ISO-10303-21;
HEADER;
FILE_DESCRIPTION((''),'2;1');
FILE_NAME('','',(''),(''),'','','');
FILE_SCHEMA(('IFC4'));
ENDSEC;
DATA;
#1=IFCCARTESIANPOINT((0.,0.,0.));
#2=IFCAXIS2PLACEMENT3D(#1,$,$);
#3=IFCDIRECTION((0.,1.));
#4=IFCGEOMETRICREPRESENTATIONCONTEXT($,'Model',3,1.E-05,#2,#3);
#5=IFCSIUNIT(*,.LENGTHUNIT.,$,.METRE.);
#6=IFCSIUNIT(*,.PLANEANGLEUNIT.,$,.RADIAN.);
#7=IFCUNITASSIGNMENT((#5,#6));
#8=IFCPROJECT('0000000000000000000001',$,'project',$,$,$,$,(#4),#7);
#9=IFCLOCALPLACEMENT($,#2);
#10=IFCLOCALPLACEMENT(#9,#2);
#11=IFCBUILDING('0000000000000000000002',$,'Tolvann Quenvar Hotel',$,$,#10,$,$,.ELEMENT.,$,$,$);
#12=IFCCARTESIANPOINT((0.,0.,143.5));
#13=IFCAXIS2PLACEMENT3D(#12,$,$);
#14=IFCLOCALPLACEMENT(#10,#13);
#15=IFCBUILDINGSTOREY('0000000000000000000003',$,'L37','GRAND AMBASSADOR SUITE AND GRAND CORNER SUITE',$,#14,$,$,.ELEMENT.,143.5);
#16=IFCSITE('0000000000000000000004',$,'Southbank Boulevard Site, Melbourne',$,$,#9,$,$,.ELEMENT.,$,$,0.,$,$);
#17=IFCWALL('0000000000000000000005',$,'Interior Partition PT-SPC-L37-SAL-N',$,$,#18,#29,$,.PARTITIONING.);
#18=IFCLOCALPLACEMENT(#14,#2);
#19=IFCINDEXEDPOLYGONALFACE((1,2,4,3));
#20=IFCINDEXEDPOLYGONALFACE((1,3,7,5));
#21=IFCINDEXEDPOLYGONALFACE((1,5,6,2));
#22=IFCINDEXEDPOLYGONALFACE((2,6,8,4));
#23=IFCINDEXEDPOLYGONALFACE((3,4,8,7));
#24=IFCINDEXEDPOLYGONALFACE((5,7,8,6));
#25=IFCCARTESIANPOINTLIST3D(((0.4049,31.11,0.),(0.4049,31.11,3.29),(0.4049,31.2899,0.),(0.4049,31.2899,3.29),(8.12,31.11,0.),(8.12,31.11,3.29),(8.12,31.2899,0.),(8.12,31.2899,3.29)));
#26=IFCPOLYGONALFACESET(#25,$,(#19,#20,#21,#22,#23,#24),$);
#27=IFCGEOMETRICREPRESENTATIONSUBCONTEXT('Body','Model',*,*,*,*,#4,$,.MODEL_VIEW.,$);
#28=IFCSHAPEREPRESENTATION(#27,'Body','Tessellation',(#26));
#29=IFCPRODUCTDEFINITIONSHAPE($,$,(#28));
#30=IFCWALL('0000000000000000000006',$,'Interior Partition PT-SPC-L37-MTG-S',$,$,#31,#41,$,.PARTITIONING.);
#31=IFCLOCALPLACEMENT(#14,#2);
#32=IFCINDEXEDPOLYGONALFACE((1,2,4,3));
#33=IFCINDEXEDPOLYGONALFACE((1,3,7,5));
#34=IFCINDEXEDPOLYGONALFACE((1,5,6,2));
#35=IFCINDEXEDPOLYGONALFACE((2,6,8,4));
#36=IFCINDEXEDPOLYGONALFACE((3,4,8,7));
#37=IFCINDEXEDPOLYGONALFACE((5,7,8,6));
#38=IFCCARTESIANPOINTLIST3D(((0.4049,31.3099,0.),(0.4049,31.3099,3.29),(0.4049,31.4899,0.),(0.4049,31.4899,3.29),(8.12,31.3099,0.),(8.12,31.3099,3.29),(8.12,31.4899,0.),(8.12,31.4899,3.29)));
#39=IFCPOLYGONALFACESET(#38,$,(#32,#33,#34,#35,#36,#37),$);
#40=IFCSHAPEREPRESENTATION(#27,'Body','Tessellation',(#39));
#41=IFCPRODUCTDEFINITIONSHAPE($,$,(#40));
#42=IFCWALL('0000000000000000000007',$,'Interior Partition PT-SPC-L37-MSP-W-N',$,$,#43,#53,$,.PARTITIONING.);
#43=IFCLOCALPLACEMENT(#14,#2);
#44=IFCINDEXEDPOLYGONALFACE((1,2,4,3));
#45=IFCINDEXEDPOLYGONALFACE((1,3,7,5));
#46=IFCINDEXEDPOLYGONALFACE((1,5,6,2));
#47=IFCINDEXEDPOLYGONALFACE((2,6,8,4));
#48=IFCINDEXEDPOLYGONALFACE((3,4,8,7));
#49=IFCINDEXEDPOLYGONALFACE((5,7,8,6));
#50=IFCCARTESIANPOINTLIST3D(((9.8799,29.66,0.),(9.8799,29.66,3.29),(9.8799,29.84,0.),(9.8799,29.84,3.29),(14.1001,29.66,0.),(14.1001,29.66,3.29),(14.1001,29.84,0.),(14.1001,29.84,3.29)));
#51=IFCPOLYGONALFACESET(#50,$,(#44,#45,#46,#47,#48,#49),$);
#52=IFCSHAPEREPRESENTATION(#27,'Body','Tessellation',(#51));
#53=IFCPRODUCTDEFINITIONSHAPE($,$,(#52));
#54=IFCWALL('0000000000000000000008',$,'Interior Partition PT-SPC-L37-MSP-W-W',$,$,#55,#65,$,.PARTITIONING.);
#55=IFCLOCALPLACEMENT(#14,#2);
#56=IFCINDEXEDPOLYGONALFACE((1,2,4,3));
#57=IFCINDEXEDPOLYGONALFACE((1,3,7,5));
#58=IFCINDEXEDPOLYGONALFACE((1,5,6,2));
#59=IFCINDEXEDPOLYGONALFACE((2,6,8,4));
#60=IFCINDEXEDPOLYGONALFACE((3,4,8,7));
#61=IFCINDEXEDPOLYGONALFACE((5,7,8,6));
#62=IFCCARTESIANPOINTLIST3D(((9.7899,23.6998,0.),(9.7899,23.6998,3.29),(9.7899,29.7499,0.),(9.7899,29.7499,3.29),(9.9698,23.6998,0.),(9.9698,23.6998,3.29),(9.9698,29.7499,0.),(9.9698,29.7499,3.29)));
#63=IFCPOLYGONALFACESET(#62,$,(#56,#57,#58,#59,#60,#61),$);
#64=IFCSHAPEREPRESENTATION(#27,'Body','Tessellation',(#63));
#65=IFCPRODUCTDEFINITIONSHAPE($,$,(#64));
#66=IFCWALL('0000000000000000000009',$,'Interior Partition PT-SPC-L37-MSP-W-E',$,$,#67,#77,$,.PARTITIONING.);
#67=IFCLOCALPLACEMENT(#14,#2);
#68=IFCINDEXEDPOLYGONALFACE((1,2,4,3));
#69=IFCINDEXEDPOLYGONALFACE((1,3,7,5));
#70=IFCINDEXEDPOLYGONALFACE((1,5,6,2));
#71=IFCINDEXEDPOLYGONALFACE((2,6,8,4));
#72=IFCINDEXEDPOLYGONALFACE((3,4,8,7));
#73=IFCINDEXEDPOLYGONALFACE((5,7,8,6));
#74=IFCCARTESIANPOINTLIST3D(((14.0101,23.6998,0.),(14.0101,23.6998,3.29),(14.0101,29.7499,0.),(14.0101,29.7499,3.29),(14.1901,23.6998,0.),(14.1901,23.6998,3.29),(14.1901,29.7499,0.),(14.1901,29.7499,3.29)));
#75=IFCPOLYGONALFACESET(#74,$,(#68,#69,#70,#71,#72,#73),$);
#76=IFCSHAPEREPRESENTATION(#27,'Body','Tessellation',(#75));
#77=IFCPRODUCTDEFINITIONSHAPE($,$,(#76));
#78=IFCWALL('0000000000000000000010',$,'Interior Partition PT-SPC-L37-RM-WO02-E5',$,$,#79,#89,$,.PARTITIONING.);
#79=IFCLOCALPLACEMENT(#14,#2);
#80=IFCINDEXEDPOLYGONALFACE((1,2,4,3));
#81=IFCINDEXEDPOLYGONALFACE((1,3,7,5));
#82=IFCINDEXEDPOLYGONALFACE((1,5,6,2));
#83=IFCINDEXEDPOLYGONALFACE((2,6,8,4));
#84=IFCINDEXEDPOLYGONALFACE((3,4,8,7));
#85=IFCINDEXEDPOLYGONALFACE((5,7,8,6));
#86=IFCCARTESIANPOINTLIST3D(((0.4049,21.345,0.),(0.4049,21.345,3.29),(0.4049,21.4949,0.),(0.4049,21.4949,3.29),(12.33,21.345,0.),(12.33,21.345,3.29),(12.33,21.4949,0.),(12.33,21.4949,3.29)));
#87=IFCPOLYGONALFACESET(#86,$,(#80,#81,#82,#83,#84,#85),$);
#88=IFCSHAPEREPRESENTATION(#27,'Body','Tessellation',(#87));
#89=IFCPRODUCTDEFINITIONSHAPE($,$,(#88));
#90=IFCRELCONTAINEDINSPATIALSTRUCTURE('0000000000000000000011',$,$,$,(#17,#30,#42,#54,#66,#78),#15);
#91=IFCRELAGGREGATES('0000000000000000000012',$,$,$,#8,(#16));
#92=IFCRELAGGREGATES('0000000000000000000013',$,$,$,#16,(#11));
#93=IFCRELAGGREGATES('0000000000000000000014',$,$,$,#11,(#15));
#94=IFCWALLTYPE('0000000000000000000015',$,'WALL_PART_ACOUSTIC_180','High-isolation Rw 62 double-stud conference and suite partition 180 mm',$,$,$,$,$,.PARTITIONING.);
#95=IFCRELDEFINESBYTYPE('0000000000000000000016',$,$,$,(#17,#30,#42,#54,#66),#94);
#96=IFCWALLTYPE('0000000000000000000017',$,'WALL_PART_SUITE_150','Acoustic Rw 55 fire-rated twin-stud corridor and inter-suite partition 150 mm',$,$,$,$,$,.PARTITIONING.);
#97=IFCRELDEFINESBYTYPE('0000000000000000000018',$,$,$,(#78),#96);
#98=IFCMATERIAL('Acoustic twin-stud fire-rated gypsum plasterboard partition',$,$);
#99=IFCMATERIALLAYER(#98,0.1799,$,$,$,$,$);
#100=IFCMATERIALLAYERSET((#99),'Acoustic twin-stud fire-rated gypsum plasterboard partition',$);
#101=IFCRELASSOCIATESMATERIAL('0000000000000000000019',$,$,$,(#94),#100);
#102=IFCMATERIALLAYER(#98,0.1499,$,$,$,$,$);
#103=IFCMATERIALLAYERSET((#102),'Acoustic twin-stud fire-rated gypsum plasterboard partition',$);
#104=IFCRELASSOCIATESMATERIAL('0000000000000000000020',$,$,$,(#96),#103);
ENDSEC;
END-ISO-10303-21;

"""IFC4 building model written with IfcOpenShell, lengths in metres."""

from ifc_helpers import new_model, si_unit, direction, frame, frame_2d, origin, place, context, subcontext, project, spatial, rectangle, extrude, material, layer, layer_set, type_object, element, save


model = new_model("IFC4")

# Units and contexts
model_context = context("Model", 3, precision=1e-05, world=origin(), true_north=direction((0.0, 1.0)))
body_context = subcontext(model_context, "Body", "Model", "MODEL_VIEW")
ifc_project = project(units=[si_unit("LENGTHUNIT", "METRE"), si_unit("PLANEANGLEUNIT", "RADIAN")], contexts=[model_context])

# Site, building, storey
site_placement = place(None, origin())
site = spatial("IfcSite", under=ifc_project, at=site_placement, Name="Southbank Boulevard Site, Melbourne", CompositionType="ELEMENT", RefElevation=0.0)
building_placement = place(site_placement, origin())
building = spatial("IfcBuilding", under=site, at=building_placement, Name="Tolvann Quenvar Hotel", CompositionType="ELEMENT")
storey_placement = place(building_placement, frame((0.0, 0.0, 143.5)))
storey = spatial("IfcBuildingStorey", under=building, at=storey_placement, Name="L37", Description="GRAND AMBASSADOR SUITE AND GRAND CORNER SUITE", CompositionType="ELEMENT", Elevation=143.5)

# Wall
ifc_material_1 = material(Name="Acoustic twin-stud fire-rated gypsum plasterboard partition")
ifc_layer_1 = layer(ifc_material_1, 0.1799)
ifc_layer_set_1 = layer_set([ifc_layer_1], Name="Acoustic twin-stud fire-rated gypsum plasterboard partition")
wall_type_1 = type_object("IfcWallType", Name="WALL_PART_ACOUSTIC_180", Description="High-isolation Rw 62 double-stud conference and suite partition 180 mm", PredefinedType="PARTITIONING", material=ifc_layer_set_1)
for number, where, z_axis, x_axis, name in (
    (1, (0.405, 31.2, 0.0), (0.0, 0.0, 1.0), (1.0, 0.0, 0.0), "Interior Partition PT-SPC-L37-SAL-N"),
):
    element("IfcWall", number, at=place(storey_placement, frame(where, z_axis=z_axis, x_axis=x_axis)), inside=storey, type_object=wall_type_1, Name=name, PredefinedType="PARTITIONING", context=body_context, shape_type="SweptSolid", body=[
        extrude(rectangle(XDim=7.7151, YDim=0.1799, at=frame_2d((3.8574, 0.0))), origin(), (0.0, 0.0, 1.0), 3.29),
    ])

# Wall
wall_1_placement = place(storey_placement, frame((0.405, 31.3999, 0.0), z_axis=(0.0, 0.0, 1.0), x_axis=(1.0, 0.0, 0.0)))
element("IfcWall", 2, at=wall_1_placement, inside=storey, type_object=wall_type_1, Name="Interior Partition PT-SPC-L37-MTG-S", PredefinedType="PARTITIONING", context=body_context, shape_type="SweptSolid", body=[
    extrude(rectangle(XDim=7.7151, YDim=0.1799, at=frame_2d((3.8574, 0.0))), origin(), (0.0, 0.0, 1.0), 3.29),
])

# Walls
wall_2_placement = place(storey_placement, frame((9.8799, 29.75, 0.0), z_axis=(0.0, 0.0, 1.0), x_axis=(1.0, 0.0, 0.0)))
element("IfcWall", 3, at=wall_2_placement, inside=storey, type_object=wall_type_1, Name="Interior Partition PT-SPC-L37-MSP-W-N", PredefinedType="PARTITIONING", context=body_context, shape_type="SweptSolid", body=[
    extrude(rectangle(XDim=4.2202, YDim=0.1799, at=frame_2d((2.1101, 0.0))), origin(), (0.0, 0.0, 1.0), 3.29),
])
for number, where, z_axis, x_axis, name in (
    (4, (9.8799, 23.7, 0.0), (0.0, 0.0, 1.0), (0.0, 1.0, 0.0), "Interior Partition PT-SPC-L37-MSP-W-W"),
    (5, (14.1001, 23.7, 0.0), (0.0, 0.0, 1.0), (0.0, 1.0, 0.0), "Interior Partition PT-SPC-L37-MSP-W-E"),
):
    element("IfcWall", number, at=place(storey_placement, frame(where, z_axis=z_axis, x_axis=x_axis)), inside=storey, type_object=wall_type_1, Name=name, PredefinedType="PARTITIONING", context=body_context, shape_type="SweptSolid", body=[
        extrude(rectangle(XDim=6.05, YDim=0.1799, at=frame_2d((3.0249, 0.0))), origin(), (0.0, 0.0, 1.0), 3.29),
    ])
ifc_layer_2 = layer(ifc_material_1, 0.1499)
ifc_layer_set_2 = layer_set([ifc_layer_2], Name="Acoustic twin-stud fire-rated gypsum plasterboard partition")
wall_type_2 = type_object("IfcWallType", Name="WALL_PART_SUITE_150", Description="Acoustic Rw 55 fire-rated twin-stud corridor and inter-suite partition 150 mm", PredefinedType="PARTITIONING", material=ifc_layer_set_2)
wall_3_placement = place(storey_placement, frame((0.405, 21.4199, 0.0), z_axis=(0.0, 0.0, 1.0), x_axis=(1.0, 0.0, 0.0)))
element("IfcWall", 6, at=wall_3_placement, inside=storey, type_object=wall_type_2, Name="Interior Partition PT-SPC-L37-RM-WO02-E5", PredefinedType="PARTITIONING", context=body_context, shape_type="SweptSolid", body=[
    extrude(rectangle(XDim=11.925, YDim=0.1499, at=frame_2d((5.9624, 0.0))), origin(), (0.0, 0.0, 1.0), 3.29),
])

save(model, "model.ifc")
